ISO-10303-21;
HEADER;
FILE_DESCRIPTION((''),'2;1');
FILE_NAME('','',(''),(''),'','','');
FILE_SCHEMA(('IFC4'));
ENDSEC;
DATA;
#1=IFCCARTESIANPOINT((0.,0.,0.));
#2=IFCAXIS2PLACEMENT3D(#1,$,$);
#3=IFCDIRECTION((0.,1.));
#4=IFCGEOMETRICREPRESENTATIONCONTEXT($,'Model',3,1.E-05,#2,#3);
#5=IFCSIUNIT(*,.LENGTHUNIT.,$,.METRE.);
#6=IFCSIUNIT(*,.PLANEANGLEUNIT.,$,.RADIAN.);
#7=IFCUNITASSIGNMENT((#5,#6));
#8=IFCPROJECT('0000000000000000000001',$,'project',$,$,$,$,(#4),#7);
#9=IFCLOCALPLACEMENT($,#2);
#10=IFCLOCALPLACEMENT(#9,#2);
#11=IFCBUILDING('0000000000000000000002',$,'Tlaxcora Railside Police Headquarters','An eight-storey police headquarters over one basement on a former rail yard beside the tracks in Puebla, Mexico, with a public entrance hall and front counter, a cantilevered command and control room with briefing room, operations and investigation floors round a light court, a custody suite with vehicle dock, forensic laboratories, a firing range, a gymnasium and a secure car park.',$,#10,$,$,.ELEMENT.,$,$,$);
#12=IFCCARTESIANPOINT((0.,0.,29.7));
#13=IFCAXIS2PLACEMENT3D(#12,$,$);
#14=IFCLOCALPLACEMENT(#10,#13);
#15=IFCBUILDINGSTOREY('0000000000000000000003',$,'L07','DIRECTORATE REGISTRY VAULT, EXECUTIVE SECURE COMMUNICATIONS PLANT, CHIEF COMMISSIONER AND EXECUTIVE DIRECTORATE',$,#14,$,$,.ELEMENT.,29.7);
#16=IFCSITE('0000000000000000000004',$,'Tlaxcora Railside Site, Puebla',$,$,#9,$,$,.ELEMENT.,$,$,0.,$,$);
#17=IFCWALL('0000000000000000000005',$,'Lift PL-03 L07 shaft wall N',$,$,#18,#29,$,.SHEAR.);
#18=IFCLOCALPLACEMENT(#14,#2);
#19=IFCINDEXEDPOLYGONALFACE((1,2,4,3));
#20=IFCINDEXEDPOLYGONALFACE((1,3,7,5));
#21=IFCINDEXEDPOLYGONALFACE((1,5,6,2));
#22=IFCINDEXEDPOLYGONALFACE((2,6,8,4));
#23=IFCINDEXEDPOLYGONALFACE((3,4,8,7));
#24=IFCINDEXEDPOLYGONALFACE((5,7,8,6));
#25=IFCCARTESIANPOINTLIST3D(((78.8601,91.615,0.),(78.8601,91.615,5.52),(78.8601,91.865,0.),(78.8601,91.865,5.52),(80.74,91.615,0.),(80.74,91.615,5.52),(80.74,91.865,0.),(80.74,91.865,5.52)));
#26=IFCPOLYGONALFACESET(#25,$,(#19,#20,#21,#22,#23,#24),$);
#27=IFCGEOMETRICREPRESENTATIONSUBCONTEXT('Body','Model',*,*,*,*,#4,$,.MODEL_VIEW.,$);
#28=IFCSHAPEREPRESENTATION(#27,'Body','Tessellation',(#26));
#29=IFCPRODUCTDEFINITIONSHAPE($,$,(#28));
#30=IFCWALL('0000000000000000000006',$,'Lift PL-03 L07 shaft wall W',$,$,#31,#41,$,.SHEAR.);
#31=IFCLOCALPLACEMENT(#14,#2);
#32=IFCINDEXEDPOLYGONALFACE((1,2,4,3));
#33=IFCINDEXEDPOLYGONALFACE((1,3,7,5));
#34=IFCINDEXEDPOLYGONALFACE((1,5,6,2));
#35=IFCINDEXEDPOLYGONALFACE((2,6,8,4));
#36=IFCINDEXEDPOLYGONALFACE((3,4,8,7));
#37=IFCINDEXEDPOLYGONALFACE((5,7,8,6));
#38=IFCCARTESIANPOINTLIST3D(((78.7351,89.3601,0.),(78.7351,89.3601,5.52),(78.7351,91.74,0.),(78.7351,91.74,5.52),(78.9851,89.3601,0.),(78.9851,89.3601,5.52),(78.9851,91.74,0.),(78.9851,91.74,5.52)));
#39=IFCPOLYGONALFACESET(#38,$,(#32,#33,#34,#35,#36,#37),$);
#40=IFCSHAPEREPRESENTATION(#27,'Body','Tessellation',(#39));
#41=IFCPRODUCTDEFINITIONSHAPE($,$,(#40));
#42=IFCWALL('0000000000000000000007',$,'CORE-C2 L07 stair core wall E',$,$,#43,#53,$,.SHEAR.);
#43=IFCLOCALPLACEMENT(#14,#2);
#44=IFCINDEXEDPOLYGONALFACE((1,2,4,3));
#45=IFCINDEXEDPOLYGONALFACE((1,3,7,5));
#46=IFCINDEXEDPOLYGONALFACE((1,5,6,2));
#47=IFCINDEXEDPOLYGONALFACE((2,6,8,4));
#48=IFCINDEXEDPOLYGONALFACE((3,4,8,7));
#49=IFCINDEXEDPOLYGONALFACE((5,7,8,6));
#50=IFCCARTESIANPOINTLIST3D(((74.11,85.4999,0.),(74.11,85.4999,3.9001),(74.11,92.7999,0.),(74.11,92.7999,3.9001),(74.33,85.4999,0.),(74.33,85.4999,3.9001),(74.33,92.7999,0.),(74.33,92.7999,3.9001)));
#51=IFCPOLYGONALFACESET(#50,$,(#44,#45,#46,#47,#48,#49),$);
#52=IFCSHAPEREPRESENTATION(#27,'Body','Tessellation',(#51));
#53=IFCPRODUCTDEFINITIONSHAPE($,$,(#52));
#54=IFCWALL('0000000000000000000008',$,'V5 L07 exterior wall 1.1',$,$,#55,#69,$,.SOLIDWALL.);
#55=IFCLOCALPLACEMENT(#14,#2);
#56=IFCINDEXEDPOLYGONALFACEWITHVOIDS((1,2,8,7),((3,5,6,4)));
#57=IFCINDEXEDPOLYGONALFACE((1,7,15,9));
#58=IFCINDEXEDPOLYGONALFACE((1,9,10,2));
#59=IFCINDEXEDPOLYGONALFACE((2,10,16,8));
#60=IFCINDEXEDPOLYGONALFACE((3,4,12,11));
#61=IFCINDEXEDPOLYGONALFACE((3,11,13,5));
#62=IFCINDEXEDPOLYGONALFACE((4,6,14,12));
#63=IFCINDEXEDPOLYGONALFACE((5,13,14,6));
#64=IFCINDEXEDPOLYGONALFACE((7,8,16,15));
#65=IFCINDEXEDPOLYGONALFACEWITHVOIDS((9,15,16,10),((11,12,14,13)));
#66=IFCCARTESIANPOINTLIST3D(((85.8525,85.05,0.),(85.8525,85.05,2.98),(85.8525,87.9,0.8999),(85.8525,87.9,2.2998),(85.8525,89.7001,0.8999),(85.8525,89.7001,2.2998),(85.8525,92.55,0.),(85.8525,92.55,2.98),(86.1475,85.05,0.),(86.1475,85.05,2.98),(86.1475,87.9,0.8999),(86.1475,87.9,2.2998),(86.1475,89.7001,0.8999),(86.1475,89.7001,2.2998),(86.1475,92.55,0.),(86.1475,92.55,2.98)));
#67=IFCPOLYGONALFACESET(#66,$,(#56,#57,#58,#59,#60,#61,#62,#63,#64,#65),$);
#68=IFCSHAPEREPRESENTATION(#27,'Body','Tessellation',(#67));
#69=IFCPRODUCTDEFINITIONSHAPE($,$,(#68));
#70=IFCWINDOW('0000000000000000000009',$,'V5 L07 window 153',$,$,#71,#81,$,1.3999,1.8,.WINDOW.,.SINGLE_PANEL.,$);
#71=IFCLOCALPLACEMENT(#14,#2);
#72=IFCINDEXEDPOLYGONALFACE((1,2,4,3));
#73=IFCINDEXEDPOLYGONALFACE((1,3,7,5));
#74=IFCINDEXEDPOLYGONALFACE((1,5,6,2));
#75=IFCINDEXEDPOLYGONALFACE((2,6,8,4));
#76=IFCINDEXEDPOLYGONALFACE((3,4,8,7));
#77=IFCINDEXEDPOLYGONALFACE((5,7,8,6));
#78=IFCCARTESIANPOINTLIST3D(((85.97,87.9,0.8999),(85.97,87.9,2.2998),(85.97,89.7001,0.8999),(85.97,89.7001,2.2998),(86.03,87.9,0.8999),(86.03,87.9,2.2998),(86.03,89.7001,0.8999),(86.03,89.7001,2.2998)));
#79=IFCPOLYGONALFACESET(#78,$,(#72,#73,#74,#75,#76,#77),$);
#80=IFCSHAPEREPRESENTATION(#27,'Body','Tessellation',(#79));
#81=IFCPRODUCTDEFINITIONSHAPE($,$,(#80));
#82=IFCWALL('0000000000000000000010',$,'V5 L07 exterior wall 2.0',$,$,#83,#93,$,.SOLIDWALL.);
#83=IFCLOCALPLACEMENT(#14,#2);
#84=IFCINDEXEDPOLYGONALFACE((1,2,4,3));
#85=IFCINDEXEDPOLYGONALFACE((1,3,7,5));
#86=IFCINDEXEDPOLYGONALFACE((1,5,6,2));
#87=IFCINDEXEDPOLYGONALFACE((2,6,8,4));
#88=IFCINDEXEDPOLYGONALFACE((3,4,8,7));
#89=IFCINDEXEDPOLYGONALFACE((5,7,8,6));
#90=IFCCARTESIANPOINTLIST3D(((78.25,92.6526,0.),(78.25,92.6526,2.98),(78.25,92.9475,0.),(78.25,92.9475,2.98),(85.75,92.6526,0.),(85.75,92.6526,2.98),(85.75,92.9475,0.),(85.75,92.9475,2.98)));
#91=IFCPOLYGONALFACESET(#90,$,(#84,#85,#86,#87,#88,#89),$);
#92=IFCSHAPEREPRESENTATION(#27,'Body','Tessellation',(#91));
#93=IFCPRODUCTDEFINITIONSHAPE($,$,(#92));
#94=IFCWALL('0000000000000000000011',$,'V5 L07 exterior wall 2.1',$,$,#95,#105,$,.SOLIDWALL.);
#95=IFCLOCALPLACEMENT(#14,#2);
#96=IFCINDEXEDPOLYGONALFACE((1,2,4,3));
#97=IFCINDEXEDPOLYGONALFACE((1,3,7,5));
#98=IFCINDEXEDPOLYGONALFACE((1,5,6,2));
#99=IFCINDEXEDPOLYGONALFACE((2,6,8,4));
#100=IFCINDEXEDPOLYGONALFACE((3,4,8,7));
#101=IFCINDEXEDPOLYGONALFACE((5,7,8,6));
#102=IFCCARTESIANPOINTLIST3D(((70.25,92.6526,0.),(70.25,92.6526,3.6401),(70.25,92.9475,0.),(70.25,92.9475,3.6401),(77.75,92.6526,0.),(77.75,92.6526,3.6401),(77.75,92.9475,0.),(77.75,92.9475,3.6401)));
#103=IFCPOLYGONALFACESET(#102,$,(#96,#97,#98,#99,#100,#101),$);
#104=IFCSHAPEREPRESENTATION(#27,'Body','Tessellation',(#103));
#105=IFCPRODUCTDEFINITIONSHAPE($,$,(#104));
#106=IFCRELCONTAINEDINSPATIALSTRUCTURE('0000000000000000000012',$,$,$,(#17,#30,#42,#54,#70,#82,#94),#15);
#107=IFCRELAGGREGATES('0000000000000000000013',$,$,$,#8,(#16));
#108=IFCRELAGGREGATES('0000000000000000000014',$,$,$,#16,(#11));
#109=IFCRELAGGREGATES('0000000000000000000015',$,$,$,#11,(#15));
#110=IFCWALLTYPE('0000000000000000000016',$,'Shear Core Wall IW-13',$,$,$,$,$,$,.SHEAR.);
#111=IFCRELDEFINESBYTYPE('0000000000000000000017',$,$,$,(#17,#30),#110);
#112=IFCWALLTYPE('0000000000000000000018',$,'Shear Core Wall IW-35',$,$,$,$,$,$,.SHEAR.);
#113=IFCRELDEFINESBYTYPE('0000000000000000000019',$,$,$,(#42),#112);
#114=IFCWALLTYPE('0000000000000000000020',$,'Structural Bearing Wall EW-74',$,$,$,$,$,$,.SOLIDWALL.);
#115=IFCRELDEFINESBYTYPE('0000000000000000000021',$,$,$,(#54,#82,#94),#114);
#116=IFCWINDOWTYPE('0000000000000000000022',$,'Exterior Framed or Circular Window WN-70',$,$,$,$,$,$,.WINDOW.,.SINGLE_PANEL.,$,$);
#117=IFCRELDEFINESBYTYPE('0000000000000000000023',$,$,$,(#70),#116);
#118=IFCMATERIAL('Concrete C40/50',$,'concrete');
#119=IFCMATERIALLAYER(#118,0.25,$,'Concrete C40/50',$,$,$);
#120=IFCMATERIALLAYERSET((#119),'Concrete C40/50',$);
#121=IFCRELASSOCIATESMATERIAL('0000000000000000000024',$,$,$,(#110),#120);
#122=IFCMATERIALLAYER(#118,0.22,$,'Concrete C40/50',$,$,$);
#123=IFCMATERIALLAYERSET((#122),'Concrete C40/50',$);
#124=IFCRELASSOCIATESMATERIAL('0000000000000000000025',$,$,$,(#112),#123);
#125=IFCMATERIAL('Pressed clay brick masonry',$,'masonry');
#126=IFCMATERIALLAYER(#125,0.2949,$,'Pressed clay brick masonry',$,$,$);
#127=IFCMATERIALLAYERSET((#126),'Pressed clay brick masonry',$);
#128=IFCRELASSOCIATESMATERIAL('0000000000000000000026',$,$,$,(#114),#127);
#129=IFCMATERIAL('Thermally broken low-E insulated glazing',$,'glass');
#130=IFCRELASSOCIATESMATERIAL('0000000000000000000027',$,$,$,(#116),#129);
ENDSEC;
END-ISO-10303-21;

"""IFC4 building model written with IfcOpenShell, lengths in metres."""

from ifc_helpers import new_model, si_unit, direction, frame, frame_2d, origin, place, context, subcontext, project, spatial, rectangle, extrude, material, layer, layer_set, type_object, element, fill, save


model = new_model("IFC4")

# Units and contexts
model_context = context("Model", 3, precision=1e-05, world=origin(), true_north=direction((0.0, 1.0)))
body_context = subcontext(model_context, "Body", "Model", "MODEL_VIEW")
ifc_project = project(units=[si_unit("LENGTHUNIT", "METRE"), si_unit("PLANEANGLEUNIT", "RADIAN")], contexts=[model_context])

# Site, building, storey
site_placement = place(None, origin())
site = spatial("IfcSite", under=ifc_project, at=site_placement, Name="Tlaxcora Railside Site, Puebla", CompositionType="ELEMENT", RefElevation=0.0)
building_placement = place(site_placement, origin())
building = spatial("IfcBuilding", under=site, at=building_placement, Name="Tlaxcora Railside Police Headquarters", Description="An eight-storey police headquarters over one basement on a former rail yard beside the tracks in Puebla, Mexico, with a public entrance hall and front counter, a cantilevered command and control room with briefing room, operations and investigation floors round a light court, a custody suite with vehicle dock, forensic laboratories, a firing range, a gymnasium and a secure car park.", CompositionType="ELEMENT")
storey_placement = place(building_placement, frame((0.0, 0.0, 29.7)))
storey = spatial("IfcBuildingStorey", under=building, at=storey_placement, Name="L07", Description="DIRECTORATE REGISTRY VAULT, EXECUTIVE SECURE COMMUNICATIONS PLANT, CHIEF COMMISSIONER AND EXECUTIVE DIRECTORATE", CompositionType="ELEMENT", Elevation=29.7)

# Shared definitions
ifc_material_1 = material(Name="Concrete C40/50", Category="concrete")

# Shared definitions
ifc_layer_1 = layer(ifc_material_1, 0.25, Name="Concrete C40/50")
ifc_layer_set_1 = layer_set([ifc_layer_1], Name="Concrete C40/50")
wall_type_1 = type_object("IfcWallType", Name="Shear Core Wall IW-13", PredefinedType="SHEAR", material=ifc_layer_set_1)

# Walls
wall_1_placement = place(storey_placement, frame((80.74, 91.74, 0.0), z_axis=(0.0, 0.0, 1.0), x_axis=(-1.0, 0.0, 0.0)))
element("IfcWall", 1, at=wall_1_placement, inside=storey, type_object=wall_type_1, Name="Lift PL-03 L07 shaft wall N", PredefinedType="SHEAR", context=body_context, shape_type="SweptSolid", body=[
    extrude(rectangle(XDim=1.8799, YDim=0.25, at=frame_2d((0.9399, 0.0))), origin(), (0.0, 0.0, 1.0), 5.52),
])
wall_2_placement = place(storey_placement, frame((78.8601, 91.74, 0.0), z_axis=(0.0, 0.0, 1.0), x_axis=(0.0, -1.0, 0.0)))
element("IfcWall", 2, at=wall_2_placement, inside=storey, type_object=wall_type_1, Name="Lift PL-03 L07 shaft wall W", PredefinedType="SHEAR", context=body_context, shape_type="SweptSolid", body=[
    extrude(rectangle(XDim=2.3799, YDim=0.25, at=frame_2d((1.1899, 0.0))), origin(), (0.0, 0.0, 1.0), 5.52),
])
ifc_layer_2 = layer(ifc_material_1, 0.22, Name="Concrete C40/50")
ifc_layer_set_2 = layer_set([ifc_layer_2], Name="Concrete C40/50")
wall_type_2 = type_object("IfcWallType", Name="Shear Core Wall IW-35", PredefinedType="SHEAR", material=ifc_layer_set_2)
wall_3_placement = place(storey_placement, frame((74.22, 85.5, 0.0), z_axis=(0.0, 0.0, 1.0), x_axis=(0.0, 1.0, 0.0)))
element("IfcWall", 3, at=wall_3_placement, inside=storey, type_object=wall_type_2, Name="CORE-C2 L07 stair core wall E", PredefinedType="SHEAR", context=body_context, shape_type="SweptSolid", body=[
    extrude(rectangle(XDim=7.3, YDim=0.22, at=frame_2d((3.6499, 0.0))), origin(), (0.0, 0.0, 1.0), 3.9001),
])

# Wall, opening, window
ifc_material_2 = material(Name="Pressed clay brick masonry", Category="masonry")
ifc_layer_3 = layer(ifc_material_2, 0.2949, Name="Pressed clay brick masonry")
ifc_layer_set_3 = layer_set([ifc_layer_3], Name="Pressed clay brick masonry")
wall_type_3 = type_object("IfcWallType", Name="Structural Bearing Wall EW-74", PredefinedType="SOLIDWALL", material=ifc_layer_set_3)
wall_4_placement = place(storey_placement, frame((86.0, 85.05, 0.0), z_axis=(0.0, 0.0, 1.0), x_axis=(0.0, 1.0, 0.0)))
wall_4 = element("IfcWall", 4, at=wall_4_placement, inside=storey, type_object=wall_type_3, Name="V5 L07 exterior wall 1.1", PredefinedType="SOLIDWALL", context=body_context, shape_type="SweptSolid", body=[
    extrude(rectangle(XDim=7.5, YDim=0.2949, at=frame_2d((3.75, 0.0))), origin(), (0.0, 0.0, 1.0), 2.98),
])
opening_1_placement = place(wall_4_placement, frame((2.8501, 0.0, 0.8999)))
opening_1 = element("IfcOpeningElement", 5, at=opening_1_placement, cuts=wall_4, PredefinedType="OPENING", context=body_context, shape_type="SweptSolid", body=[
    extrude(rectangle(XDim=1.8, YDim=1.3999, at=frame_2d((0.8999, 0.7))), frame((0.0, 0.1575, 0.0), z_axis=(0.0, -1.0, 0.0), x_axis=(1.0, 0.0, 0.0)), (0.0, 0.0, 1.0), 0.3149),
])
ifc_material_3 = material(Name="Thermally broken low-E insulated glazing", Category="glass")
window_type = type_object("IfcWindowType", Name="Exterior Framed or Circular Window WN-70", PartitioningType="SINGLE_PANEL", PredefinedType="WINDOW", material=ifc_material_3)
window_placement = place(opening_1_placement, origin())
window = element("IfcWindow", 6, at=window_placement, inside=storey, type_object=window_type, Name="V5 L07 window 153", OverallHeight=1.3999, OverallWidth=1.8, PartitioningType="SINGLE_PANEL", PredefinedType="WINDOW", context=body_context, shape_type="SweptSolid", body=[
    extrude(rectangle(XDim=1.8, YDim=1.3999, at=frame_2d((0.8999, 0.7))), frame((0.0, 0.03, 0.0), z_axis=(0.0, -1.0, 0.0), x_axis=(1.0, 0.0, 0.0)), (0.0, 0.0, 1.0), 0.0601),
])
fill(opening_1, window)

# Walls
wall_5_placement = place(storey_placement, frame((85.75, 92.8, 0.0), z_axis=(0.0, 0.0, 1.0), x_axis=(-1.0, 0.0, 0.0)))
element("IfcWall", 7, at=wall_5_placement, inside=storey, type_object=wall_type_3, Name="V5 L07 exterior wall 2.0", PredefinedType="SOLIDWALL", context=body_context, shape_type="SweptSolid", body=[
    extrude(rectangle(XDim=7.5, YDim=0.2949, at=frame_2d((3.75, 0.0))), origin(), (0.0, 0.0, 1.0), 2.98),
])
wall_6_placement = place(storey_placement, frame((77.75, 92.8, 0.0), z_axis=(0.0, 0.0, 1.0), x_axis=(-1.0, 0.0, 0.0)))
element("IfcWall", 8, at=wall_6_placement, inside=storey, type_object=wall_type_3, Name="V5 L07 exterior wall 2.1", PredefinedType="SOLIDWALL", context=body_context, shape_type="SweptSolid", body=[
    extrude(rectangle(XDim=7.5, YDim=0.2949, at=frame_2d((3.75, 0.0))), origin(), (0.0, 0.0, 1.0), 3.6401),
])

save(model, "model.ifc")
